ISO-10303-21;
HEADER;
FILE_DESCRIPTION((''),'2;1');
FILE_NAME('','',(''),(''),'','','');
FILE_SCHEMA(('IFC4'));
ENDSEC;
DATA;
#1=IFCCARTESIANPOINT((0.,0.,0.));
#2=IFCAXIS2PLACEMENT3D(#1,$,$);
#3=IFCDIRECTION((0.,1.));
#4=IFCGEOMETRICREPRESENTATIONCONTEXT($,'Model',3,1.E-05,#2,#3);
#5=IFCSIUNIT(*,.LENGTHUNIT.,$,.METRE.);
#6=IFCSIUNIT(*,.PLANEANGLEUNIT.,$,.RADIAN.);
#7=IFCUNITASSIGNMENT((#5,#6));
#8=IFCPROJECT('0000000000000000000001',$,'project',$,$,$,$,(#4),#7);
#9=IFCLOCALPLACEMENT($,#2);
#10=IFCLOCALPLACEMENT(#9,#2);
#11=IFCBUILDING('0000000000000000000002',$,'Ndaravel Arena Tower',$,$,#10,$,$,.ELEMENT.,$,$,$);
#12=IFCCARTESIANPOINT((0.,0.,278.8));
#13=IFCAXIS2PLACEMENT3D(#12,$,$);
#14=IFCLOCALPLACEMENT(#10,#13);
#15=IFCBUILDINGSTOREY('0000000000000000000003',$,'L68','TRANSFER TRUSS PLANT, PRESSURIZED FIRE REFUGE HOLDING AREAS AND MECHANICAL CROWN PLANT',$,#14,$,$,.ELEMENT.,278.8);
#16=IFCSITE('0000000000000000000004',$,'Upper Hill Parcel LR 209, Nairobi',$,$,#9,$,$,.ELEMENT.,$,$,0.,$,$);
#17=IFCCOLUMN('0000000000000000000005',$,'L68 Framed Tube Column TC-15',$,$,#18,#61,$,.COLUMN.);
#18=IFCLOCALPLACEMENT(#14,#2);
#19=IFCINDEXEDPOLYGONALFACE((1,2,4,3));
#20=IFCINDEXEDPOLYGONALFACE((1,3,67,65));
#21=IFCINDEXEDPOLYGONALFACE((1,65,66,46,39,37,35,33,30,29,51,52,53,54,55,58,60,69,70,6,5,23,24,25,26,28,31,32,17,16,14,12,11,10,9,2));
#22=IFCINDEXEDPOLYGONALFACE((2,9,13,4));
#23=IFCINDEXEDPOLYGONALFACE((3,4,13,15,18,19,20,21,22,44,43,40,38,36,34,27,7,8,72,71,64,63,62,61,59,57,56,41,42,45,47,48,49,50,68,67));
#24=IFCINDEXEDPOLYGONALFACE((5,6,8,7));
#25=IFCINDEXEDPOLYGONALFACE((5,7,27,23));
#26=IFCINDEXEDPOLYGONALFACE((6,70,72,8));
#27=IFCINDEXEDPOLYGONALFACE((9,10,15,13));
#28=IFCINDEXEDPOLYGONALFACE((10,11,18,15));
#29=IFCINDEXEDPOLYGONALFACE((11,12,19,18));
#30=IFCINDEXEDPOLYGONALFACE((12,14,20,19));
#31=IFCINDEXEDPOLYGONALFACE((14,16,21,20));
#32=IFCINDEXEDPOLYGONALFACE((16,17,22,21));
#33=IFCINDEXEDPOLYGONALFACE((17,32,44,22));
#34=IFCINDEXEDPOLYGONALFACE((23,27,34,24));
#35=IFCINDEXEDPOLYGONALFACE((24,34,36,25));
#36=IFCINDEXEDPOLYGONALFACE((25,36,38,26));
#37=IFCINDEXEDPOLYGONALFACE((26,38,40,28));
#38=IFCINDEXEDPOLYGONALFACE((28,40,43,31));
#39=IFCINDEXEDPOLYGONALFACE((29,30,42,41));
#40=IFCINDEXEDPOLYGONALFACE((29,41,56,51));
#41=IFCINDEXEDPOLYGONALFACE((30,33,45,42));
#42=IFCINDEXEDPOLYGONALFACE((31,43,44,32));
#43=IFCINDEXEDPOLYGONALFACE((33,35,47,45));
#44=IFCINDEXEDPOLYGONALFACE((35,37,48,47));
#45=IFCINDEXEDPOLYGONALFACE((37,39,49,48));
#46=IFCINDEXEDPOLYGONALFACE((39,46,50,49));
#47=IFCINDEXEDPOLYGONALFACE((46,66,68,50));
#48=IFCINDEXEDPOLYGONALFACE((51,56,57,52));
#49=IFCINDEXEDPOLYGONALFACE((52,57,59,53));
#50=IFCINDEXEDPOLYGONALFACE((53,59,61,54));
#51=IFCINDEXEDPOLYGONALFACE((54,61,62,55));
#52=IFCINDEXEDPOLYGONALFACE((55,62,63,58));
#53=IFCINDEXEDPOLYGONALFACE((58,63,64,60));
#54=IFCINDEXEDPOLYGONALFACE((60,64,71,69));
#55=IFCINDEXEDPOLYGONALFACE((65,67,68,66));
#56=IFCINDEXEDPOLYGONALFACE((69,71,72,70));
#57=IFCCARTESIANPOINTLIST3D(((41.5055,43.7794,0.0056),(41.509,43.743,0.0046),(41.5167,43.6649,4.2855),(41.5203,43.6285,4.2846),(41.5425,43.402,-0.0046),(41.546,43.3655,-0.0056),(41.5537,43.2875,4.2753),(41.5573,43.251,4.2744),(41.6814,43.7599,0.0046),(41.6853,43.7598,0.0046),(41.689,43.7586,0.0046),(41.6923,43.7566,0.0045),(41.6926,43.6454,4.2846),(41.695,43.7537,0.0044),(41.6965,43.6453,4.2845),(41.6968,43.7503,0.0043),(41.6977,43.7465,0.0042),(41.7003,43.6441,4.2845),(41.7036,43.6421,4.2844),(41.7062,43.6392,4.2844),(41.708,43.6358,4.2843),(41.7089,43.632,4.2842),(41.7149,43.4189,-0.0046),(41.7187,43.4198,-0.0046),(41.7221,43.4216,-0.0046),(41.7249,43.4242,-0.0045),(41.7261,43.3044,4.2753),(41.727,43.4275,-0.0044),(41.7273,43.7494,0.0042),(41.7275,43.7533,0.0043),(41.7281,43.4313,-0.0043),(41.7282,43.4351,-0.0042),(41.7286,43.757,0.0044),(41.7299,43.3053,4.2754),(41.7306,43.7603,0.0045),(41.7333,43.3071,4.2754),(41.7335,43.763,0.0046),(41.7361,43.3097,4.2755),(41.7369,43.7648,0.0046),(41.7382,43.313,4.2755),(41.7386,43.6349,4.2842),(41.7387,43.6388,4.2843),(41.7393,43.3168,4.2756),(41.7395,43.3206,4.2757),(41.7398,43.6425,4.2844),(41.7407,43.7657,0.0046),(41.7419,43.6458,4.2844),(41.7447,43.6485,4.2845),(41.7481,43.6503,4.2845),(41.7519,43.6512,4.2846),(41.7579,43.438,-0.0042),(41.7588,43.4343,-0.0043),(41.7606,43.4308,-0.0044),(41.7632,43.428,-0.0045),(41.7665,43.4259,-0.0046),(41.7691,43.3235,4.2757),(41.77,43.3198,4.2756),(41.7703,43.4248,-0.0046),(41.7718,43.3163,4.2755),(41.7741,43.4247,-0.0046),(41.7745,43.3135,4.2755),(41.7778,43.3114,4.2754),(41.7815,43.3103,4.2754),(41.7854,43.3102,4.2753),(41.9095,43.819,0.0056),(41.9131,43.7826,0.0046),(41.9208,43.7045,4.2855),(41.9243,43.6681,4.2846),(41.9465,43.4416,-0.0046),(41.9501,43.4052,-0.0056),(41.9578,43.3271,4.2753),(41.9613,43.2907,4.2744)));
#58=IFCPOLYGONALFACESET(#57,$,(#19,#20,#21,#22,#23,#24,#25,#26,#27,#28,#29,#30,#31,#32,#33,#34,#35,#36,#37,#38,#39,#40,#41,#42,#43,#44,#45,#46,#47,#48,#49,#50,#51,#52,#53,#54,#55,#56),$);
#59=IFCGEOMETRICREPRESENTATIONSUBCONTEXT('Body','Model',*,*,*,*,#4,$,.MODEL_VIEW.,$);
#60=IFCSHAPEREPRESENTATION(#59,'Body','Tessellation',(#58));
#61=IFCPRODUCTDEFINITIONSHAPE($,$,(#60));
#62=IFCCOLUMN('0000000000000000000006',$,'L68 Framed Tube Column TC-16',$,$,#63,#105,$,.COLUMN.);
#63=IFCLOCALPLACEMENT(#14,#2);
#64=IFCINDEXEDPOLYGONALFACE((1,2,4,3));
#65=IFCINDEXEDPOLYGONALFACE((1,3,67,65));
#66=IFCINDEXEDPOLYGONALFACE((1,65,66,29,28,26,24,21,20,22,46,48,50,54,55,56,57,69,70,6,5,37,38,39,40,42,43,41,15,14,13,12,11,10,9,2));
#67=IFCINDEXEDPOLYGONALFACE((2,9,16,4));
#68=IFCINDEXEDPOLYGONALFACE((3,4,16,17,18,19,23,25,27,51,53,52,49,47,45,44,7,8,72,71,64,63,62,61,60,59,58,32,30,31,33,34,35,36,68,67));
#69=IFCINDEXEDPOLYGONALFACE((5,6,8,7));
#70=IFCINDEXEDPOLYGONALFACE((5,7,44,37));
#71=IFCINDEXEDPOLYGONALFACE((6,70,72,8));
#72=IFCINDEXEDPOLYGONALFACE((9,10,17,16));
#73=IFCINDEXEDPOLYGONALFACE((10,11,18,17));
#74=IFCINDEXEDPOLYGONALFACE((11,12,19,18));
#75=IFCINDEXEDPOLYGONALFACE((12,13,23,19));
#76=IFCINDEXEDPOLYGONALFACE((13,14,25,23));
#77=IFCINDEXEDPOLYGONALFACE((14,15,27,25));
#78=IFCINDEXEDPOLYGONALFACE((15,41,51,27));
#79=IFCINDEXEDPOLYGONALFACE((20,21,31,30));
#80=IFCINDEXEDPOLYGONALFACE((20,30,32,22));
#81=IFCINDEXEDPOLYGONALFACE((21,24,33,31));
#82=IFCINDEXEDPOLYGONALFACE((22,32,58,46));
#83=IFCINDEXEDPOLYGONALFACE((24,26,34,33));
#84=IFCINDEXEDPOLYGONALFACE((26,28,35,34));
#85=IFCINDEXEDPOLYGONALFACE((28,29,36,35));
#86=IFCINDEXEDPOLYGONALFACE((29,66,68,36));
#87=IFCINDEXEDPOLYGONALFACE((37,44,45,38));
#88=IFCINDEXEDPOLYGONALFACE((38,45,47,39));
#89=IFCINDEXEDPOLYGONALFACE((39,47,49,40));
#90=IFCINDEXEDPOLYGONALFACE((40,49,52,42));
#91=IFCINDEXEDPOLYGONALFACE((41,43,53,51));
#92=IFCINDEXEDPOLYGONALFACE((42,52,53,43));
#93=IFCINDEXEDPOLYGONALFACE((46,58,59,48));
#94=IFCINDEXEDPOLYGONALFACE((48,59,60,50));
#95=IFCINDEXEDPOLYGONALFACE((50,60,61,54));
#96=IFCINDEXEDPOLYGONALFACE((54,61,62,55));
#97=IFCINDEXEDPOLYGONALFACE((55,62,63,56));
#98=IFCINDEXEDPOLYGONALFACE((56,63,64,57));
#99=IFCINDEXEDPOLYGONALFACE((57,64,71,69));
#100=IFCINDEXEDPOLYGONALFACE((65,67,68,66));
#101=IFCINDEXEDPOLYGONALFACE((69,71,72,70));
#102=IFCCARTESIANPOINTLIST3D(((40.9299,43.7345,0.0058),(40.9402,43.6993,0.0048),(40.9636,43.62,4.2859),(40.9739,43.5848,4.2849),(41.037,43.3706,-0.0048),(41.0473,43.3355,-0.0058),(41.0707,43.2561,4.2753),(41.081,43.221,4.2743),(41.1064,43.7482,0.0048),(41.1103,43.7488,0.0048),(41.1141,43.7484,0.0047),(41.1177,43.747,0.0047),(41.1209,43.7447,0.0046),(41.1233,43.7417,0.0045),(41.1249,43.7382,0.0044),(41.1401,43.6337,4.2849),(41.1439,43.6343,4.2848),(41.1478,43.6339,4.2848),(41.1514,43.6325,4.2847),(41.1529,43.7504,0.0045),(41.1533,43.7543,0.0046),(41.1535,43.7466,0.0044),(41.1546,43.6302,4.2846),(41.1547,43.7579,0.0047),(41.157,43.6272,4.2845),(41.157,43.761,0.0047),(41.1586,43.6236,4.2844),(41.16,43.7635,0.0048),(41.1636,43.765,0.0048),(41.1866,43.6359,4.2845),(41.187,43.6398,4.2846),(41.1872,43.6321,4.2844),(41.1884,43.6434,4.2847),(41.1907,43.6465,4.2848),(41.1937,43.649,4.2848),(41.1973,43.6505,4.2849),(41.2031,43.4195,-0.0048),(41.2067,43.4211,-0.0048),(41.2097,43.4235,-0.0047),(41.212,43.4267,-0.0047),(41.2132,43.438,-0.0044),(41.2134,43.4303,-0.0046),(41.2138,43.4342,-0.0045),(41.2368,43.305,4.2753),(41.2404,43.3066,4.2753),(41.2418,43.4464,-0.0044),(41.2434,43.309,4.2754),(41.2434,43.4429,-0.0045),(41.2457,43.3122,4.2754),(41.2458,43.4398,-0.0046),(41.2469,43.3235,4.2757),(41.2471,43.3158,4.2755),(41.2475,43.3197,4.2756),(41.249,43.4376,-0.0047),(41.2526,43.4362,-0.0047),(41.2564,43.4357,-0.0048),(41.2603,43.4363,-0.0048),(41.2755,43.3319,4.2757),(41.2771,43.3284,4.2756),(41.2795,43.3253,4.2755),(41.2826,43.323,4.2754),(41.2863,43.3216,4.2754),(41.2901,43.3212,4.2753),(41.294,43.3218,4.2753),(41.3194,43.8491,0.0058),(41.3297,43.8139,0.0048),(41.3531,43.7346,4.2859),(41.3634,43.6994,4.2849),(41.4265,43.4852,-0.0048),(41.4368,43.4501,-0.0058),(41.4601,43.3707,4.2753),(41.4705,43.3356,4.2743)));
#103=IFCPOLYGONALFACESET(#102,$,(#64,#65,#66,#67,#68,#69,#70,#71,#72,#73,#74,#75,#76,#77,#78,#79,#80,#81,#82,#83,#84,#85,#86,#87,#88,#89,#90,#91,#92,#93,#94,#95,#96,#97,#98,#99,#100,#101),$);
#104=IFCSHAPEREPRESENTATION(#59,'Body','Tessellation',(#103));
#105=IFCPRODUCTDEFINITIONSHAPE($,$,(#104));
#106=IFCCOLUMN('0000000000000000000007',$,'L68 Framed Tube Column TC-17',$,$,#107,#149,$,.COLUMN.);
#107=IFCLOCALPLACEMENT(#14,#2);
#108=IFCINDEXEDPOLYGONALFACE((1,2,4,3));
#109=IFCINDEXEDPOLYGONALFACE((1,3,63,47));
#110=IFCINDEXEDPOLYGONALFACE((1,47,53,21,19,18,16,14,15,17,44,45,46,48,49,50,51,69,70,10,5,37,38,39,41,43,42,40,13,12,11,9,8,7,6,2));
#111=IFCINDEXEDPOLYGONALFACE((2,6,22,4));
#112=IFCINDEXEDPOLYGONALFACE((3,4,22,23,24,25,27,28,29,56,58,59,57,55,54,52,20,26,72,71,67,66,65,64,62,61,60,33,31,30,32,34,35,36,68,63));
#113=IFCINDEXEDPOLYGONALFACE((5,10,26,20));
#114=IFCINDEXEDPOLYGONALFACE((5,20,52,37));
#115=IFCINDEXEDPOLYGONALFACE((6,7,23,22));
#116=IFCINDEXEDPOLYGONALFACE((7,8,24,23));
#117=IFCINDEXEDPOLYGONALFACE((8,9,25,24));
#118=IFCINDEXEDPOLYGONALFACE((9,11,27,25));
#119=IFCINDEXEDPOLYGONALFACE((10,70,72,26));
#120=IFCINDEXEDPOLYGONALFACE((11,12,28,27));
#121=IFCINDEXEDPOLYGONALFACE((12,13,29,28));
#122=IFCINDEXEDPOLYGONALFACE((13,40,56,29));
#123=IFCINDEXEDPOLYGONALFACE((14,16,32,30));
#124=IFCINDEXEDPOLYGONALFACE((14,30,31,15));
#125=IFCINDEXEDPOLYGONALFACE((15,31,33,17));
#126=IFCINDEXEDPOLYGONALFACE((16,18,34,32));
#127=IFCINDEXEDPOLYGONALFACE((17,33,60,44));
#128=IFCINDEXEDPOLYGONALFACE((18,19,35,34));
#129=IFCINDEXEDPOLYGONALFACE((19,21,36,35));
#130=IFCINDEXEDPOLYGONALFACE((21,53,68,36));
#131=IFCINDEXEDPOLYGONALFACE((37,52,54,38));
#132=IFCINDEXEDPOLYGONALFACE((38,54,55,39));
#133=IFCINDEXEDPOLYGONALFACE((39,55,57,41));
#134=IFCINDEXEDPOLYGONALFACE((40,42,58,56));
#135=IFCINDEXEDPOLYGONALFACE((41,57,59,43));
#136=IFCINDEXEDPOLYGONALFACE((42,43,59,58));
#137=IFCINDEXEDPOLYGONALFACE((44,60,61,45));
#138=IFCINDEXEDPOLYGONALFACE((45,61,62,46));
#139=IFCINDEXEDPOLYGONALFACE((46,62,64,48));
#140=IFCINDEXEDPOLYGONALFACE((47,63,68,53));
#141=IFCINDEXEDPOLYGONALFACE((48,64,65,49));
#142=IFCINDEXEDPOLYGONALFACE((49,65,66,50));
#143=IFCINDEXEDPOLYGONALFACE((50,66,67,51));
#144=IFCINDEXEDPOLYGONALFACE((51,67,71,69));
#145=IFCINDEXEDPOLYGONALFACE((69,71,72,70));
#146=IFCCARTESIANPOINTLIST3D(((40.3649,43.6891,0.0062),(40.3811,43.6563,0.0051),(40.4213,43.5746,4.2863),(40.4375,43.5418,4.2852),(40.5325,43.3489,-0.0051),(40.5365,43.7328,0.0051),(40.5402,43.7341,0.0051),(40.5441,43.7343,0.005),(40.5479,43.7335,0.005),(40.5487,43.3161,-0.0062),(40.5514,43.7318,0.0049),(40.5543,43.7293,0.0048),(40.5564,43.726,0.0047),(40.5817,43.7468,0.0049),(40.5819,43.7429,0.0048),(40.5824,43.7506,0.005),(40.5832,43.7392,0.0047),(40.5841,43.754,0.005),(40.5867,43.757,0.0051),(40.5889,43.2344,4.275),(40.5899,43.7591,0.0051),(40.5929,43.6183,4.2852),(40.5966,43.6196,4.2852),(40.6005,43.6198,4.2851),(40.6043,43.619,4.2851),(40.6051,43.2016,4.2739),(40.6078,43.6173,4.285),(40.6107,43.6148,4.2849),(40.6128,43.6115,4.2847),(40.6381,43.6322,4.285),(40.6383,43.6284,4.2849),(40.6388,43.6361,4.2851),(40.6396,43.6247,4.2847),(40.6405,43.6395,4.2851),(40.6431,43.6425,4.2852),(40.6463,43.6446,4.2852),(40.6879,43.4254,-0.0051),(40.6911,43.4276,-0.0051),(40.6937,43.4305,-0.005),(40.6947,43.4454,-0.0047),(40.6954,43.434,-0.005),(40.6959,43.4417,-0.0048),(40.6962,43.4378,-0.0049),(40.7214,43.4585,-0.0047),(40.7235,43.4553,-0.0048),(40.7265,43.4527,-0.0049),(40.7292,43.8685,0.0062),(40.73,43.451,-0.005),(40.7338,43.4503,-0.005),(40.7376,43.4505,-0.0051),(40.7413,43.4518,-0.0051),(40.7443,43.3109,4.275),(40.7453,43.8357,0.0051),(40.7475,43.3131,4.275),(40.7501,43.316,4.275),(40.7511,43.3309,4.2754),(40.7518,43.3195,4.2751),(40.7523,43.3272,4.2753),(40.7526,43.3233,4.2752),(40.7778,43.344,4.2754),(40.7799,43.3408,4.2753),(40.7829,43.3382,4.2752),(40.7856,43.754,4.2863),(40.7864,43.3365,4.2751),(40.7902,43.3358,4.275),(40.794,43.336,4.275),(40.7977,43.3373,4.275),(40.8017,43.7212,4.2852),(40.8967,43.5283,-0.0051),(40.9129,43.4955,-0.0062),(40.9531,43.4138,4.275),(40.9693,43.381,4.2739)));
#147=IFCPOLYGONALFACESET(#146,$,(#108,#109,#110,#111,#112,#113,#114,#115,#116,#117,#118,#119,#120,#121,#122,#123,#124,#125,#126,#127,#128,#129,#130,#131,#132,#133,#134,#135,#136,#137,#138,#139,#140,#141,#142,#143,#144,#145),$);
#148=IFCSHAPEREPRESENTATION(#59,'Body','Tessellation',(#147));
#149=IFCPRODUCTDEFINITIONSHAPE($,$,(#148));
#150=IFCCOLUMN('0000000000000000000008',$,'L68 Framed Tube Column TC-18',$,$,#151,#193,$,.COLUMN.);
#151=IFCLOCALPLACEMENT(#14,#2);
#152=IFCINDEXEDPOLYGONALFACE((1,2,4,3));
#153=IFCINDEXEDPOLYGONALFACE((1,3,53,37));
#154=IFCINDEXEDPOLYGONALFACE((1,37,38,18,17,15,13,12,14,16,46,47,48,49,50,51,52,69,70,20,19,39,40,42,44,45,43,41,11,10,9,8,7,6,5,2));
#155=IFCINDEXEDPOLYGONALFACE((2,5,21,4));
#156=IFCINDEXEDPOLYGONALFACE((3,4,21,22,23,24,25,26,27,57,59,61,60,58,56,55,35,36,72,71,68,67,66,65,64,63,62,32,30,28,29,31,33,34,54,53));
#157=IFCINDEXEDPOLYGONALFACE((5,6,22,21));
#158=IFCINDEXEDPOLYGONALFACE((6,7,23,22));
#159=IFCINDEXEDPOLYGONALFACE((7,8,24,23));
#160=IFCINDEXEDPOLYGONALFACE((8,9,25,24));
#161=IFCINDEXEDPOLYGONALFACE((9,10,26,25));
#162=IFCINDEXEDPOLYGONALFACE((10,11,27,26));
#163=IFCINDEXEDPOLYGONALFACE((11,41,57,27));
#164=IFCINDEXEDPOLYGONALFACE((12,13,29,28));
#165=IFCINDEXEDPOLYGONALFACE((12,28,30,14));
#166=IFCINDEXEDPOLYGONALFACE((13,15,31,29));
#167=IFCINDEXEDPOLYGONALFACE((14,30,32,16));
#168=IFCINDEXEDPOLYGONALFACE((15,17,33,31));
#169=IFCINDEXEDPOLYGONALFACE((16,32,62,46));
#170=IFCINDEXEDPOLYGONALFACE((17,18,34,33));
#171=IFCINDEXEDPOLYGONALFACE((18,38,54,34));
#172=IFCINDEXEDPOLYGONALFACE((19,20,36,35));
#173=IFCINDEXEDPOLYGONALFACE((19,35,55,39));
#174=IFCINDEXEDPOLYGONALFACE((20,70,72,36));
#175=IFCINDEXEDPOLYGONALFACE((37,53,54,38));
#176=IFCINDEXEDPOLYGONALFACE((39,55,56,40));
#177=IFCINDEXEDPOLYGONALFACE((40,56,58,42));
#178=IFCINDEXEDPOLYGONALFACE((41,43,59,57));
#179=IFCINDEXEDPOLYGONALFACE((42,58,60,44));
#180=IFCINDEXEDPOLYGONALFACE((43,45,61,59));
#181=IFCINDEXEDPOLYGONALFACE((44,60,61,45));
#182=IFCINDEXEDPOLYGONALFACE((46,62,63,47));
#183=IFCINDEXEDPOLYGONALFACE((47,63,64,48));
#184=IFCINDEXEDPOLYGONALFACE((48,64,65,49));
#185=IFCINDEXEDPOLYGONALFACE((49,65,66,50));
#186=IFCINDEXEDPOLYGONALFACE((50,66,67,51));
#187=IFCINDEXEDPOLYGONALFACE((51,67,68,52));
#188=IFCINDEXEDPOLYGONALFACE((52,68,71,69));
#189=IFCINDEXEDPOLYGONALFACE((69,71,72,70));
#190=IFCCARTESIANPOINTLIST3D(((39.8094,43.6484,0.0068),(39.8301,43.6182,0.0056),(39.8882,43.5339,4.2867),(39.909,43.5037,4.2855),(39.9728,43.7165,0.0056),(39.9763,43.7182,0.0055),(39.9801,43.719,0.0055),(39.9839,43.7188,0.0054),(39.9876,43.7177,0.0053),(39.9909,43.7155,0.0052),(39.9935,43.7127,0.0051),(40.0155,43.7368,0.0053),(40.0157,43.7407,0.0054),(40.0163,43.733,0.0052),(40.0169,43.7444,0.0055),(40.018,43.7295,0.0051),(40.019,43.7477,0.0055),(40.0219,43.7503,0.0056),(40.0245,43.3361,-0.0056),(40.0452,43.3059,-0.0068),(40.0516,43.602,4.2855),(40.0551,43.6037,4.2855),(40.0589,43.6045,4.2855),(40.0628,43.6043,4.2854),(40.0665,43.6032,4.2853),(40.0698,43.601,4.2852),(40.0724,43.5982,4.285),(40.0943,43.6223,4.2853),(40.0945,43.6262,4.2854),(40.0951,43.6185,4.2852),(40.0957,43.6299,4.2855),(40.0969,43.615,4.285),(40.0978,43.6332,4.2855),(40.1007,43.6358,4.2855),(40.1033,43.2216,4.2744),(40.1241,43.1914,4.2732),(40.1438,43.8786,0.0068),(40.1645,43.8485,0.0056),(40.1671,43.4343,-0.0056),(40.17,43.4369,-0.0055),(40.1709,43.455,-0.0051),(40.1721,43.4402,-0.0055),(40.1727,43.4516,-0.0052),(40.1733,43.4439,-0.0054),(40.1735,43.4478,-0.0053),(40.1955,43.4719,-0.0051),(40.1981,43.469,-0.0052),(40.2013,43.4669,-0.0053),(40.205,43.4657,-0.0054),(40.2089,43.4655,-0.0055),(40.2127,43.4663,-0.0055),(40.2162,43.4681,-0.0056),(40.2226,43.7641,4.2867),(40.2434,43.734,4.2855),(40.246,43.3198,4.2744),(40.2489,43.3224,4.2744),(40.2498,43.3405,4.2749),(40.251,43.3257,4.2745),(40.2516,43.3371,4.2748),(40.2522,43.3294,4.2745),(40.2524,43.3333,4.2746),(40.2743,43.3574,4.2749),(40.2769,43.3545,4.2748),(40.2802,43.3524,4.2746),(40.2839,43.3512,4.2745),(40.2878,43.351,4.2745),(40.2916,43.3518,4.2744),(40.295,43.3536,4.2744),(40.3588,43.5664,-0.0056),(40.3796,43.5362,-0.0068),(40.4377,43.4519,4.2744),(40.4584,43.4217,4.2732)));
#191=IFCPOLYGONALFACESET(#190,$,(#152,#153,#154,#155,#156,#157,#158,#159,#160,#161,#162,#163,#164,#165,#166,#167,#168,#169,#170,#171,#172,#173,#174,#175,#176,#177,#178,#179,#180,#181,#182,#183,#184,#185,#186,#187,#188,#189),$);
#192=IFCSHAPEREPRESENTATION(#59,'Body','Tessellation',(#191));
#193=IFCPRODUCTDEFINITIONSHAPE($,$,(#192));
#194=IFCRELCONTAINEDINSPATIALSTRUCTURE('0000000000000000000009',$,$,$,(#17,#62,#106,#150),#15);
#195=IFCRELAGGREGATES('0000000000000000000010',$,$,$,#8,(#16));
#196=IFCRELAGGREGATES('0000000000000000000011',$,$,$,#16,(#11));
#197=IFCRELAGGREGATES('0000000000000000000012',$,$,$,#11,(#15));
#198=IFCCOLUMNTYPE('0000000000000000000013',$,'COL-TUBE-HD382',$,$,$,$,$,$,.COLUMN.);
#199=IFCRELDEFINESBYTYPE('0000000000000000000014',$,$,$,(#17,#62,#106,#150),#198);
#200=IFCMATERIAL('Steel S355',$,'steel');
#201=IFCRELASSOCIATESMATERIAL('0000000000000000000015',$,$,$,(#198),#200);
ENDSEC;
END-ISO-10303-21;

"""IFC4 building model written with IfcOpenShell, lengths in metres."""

from ifc_helpers import new_model, si_unit, direction, frame, origin, origin_2d, place, context, subcontext, project, spatial, i_section, extrude, material, material_profile, profile_set, type_object, element, save


model = new_model("IFC4")

# Units and contexts
model_context = context("Model", 3, precision=1e-05, world=origin(), true_north=direction((0.0, 1.0)))
body_context = subcontext(model_context, "Body", "Model", "MODEL_VIEW")
ifc_project = project(units=[si_unit("LENGTHUNIT", "METRE"), si_unit("PLANEANGLEUNIT", "RADIAN")], contexts=[model_context])

# Site, building, storey
site_placement = place(None, origin())
site = spatial("IfcSite", under=ifc_project, at=site_placement, Name="Upper Hill Parcel LR 209, Nairobi", CompositionType="ELEMENT", RefElevation=0.0)
building_placement = place(site_placement, origin())
building = spatial("IfcBuilding", under=site, at=building_placement, Name="Ndaravel Arena Tower", CompositionType="ELEMENT")
storey_placement = place(building_placement, frame((0.0, 0.0, 278.8)))
storey = spatial("IfcBuildingStorey", under=building, at=storey_placement, Name="L68", Description="TRANSFER TRUSS PLANT, PRESSURIZED FIRE REFUGE HOLDING AREAS AND MECHANICAL CROWN PLANT", CompositionType="ELEMENT", Elevation=278.8)

# Columns
ifc_material_1 = material(Name="Steel S355", Category="steel")
ifc_material_profile_1 = material_profile(ifc_material_1, i_section(OverallWidth=0.406, OverallDepth=0.416, WebThickness=0.0298, FlangeThickness=0.0366, FilletRadius=0.0149, at=origin_2d()), Name="HD 400x382")
ifc_profile_set_1 = profile_set([ifc_material_profile_1], Name="Steel S355")
column_type = type_object("IfcColumnType", Name="COL-TUBE-HD382", PredefinedType="COLUMN", material=ifc_profile_set_1)
column_1_placement = place(storey_placement, frame((41.7278, 43.5923, 0.0), z_axis=(0.002623, -0.026743, 0.999639), x_axis=(0.995224, 0.097613, 0.0)))
element("IfcColumn", 1, at=column_1_placement, inside=storey, type_object=column_type, Name="L68 Framed Tube Column TC-15", PredefinedType="COLUMN", context=body_context, shape_type="SweptSolid", body=[
    extrude(i_section(OverallWidth=0.406, OverallDepth=0.416, WebThickness=0.0298, FlangeThickness=0.0366, FilletRadius=0.0149, at=origin_2d()), origin(), (0.0, 0.0, 1.0), 4.2815),
])
column_2_placement = place(storey_placement, frame((41.1833, 43.5923, 0.0), z_axis=(0.007869, -0.026742, 0.999611), x_axis=(0.959333, 0.282277, 0.0)))
element("IfcColumn", 2, at=column_2_placement, inside=storey, type_object=column_type, Name="L68 Framed Tube Column TC-16", PredefinedType="COLUMN", context=body_context, shape_type="SweptSolid", body=[
    extrude(i_section(OverallWidth=0.406, OverallDepth=0.416, WebThickness=0.0298, FlangeThickness=0.0366, FilletRadius=0.0149, at=origin_2d()), origin(), (0.0, 0.0, 1.0), 4.2817),
])
column_3_placement = place(storey_placement, frame((40.6389, 43.5923, 0.0), z_axis=(0.013171, -0.026741, 0.999556), x_axis=(0.897089, 0.44185, 0.0)))
element("IfcColumn", 3, at=column_3_placement, inside=storey, type_object=column_type, Name="L68 Framed Tube Column TC-17", PredefinedType="COLUMN", context=body_context, shape_type="SweptSolid", body=[
    extrude(i_section(OverallWidth=0.406, OverallDepth=0.416, WebThickness=0.0298, FlangeThickness=0.0366, FilletRadius=0.0149, at=origin_2d()), origin(), (0.0, 0.0, 1.0), 4.282),
])
column_4_placement = place(storey_placement, frame((40.0945, 43.5923, 0.0), z_axis=(0.018415, -0.026739, 0.999473), x_axis=(0.823581, 0.567199, 0.0)))
element("IfcColumn", 4, at=column_4_placement, inside=storey, type_object=column_type, Name="L68 Framed Tube Column TC-18", PredefinedType="COLUMN", context=body_context, shape_type="SweptSolid", body=[
    extrude(i_section(OverallWidth=0.406, OverallDepth=0.416, WebThickness=0.0298, FlangeThickness=0.0366, FilletRadius=0.0149, at=origin_2d()), origin(), (0.0, 0.0, 1.0), 4.2822),
])

save(model, "model.ifc")
